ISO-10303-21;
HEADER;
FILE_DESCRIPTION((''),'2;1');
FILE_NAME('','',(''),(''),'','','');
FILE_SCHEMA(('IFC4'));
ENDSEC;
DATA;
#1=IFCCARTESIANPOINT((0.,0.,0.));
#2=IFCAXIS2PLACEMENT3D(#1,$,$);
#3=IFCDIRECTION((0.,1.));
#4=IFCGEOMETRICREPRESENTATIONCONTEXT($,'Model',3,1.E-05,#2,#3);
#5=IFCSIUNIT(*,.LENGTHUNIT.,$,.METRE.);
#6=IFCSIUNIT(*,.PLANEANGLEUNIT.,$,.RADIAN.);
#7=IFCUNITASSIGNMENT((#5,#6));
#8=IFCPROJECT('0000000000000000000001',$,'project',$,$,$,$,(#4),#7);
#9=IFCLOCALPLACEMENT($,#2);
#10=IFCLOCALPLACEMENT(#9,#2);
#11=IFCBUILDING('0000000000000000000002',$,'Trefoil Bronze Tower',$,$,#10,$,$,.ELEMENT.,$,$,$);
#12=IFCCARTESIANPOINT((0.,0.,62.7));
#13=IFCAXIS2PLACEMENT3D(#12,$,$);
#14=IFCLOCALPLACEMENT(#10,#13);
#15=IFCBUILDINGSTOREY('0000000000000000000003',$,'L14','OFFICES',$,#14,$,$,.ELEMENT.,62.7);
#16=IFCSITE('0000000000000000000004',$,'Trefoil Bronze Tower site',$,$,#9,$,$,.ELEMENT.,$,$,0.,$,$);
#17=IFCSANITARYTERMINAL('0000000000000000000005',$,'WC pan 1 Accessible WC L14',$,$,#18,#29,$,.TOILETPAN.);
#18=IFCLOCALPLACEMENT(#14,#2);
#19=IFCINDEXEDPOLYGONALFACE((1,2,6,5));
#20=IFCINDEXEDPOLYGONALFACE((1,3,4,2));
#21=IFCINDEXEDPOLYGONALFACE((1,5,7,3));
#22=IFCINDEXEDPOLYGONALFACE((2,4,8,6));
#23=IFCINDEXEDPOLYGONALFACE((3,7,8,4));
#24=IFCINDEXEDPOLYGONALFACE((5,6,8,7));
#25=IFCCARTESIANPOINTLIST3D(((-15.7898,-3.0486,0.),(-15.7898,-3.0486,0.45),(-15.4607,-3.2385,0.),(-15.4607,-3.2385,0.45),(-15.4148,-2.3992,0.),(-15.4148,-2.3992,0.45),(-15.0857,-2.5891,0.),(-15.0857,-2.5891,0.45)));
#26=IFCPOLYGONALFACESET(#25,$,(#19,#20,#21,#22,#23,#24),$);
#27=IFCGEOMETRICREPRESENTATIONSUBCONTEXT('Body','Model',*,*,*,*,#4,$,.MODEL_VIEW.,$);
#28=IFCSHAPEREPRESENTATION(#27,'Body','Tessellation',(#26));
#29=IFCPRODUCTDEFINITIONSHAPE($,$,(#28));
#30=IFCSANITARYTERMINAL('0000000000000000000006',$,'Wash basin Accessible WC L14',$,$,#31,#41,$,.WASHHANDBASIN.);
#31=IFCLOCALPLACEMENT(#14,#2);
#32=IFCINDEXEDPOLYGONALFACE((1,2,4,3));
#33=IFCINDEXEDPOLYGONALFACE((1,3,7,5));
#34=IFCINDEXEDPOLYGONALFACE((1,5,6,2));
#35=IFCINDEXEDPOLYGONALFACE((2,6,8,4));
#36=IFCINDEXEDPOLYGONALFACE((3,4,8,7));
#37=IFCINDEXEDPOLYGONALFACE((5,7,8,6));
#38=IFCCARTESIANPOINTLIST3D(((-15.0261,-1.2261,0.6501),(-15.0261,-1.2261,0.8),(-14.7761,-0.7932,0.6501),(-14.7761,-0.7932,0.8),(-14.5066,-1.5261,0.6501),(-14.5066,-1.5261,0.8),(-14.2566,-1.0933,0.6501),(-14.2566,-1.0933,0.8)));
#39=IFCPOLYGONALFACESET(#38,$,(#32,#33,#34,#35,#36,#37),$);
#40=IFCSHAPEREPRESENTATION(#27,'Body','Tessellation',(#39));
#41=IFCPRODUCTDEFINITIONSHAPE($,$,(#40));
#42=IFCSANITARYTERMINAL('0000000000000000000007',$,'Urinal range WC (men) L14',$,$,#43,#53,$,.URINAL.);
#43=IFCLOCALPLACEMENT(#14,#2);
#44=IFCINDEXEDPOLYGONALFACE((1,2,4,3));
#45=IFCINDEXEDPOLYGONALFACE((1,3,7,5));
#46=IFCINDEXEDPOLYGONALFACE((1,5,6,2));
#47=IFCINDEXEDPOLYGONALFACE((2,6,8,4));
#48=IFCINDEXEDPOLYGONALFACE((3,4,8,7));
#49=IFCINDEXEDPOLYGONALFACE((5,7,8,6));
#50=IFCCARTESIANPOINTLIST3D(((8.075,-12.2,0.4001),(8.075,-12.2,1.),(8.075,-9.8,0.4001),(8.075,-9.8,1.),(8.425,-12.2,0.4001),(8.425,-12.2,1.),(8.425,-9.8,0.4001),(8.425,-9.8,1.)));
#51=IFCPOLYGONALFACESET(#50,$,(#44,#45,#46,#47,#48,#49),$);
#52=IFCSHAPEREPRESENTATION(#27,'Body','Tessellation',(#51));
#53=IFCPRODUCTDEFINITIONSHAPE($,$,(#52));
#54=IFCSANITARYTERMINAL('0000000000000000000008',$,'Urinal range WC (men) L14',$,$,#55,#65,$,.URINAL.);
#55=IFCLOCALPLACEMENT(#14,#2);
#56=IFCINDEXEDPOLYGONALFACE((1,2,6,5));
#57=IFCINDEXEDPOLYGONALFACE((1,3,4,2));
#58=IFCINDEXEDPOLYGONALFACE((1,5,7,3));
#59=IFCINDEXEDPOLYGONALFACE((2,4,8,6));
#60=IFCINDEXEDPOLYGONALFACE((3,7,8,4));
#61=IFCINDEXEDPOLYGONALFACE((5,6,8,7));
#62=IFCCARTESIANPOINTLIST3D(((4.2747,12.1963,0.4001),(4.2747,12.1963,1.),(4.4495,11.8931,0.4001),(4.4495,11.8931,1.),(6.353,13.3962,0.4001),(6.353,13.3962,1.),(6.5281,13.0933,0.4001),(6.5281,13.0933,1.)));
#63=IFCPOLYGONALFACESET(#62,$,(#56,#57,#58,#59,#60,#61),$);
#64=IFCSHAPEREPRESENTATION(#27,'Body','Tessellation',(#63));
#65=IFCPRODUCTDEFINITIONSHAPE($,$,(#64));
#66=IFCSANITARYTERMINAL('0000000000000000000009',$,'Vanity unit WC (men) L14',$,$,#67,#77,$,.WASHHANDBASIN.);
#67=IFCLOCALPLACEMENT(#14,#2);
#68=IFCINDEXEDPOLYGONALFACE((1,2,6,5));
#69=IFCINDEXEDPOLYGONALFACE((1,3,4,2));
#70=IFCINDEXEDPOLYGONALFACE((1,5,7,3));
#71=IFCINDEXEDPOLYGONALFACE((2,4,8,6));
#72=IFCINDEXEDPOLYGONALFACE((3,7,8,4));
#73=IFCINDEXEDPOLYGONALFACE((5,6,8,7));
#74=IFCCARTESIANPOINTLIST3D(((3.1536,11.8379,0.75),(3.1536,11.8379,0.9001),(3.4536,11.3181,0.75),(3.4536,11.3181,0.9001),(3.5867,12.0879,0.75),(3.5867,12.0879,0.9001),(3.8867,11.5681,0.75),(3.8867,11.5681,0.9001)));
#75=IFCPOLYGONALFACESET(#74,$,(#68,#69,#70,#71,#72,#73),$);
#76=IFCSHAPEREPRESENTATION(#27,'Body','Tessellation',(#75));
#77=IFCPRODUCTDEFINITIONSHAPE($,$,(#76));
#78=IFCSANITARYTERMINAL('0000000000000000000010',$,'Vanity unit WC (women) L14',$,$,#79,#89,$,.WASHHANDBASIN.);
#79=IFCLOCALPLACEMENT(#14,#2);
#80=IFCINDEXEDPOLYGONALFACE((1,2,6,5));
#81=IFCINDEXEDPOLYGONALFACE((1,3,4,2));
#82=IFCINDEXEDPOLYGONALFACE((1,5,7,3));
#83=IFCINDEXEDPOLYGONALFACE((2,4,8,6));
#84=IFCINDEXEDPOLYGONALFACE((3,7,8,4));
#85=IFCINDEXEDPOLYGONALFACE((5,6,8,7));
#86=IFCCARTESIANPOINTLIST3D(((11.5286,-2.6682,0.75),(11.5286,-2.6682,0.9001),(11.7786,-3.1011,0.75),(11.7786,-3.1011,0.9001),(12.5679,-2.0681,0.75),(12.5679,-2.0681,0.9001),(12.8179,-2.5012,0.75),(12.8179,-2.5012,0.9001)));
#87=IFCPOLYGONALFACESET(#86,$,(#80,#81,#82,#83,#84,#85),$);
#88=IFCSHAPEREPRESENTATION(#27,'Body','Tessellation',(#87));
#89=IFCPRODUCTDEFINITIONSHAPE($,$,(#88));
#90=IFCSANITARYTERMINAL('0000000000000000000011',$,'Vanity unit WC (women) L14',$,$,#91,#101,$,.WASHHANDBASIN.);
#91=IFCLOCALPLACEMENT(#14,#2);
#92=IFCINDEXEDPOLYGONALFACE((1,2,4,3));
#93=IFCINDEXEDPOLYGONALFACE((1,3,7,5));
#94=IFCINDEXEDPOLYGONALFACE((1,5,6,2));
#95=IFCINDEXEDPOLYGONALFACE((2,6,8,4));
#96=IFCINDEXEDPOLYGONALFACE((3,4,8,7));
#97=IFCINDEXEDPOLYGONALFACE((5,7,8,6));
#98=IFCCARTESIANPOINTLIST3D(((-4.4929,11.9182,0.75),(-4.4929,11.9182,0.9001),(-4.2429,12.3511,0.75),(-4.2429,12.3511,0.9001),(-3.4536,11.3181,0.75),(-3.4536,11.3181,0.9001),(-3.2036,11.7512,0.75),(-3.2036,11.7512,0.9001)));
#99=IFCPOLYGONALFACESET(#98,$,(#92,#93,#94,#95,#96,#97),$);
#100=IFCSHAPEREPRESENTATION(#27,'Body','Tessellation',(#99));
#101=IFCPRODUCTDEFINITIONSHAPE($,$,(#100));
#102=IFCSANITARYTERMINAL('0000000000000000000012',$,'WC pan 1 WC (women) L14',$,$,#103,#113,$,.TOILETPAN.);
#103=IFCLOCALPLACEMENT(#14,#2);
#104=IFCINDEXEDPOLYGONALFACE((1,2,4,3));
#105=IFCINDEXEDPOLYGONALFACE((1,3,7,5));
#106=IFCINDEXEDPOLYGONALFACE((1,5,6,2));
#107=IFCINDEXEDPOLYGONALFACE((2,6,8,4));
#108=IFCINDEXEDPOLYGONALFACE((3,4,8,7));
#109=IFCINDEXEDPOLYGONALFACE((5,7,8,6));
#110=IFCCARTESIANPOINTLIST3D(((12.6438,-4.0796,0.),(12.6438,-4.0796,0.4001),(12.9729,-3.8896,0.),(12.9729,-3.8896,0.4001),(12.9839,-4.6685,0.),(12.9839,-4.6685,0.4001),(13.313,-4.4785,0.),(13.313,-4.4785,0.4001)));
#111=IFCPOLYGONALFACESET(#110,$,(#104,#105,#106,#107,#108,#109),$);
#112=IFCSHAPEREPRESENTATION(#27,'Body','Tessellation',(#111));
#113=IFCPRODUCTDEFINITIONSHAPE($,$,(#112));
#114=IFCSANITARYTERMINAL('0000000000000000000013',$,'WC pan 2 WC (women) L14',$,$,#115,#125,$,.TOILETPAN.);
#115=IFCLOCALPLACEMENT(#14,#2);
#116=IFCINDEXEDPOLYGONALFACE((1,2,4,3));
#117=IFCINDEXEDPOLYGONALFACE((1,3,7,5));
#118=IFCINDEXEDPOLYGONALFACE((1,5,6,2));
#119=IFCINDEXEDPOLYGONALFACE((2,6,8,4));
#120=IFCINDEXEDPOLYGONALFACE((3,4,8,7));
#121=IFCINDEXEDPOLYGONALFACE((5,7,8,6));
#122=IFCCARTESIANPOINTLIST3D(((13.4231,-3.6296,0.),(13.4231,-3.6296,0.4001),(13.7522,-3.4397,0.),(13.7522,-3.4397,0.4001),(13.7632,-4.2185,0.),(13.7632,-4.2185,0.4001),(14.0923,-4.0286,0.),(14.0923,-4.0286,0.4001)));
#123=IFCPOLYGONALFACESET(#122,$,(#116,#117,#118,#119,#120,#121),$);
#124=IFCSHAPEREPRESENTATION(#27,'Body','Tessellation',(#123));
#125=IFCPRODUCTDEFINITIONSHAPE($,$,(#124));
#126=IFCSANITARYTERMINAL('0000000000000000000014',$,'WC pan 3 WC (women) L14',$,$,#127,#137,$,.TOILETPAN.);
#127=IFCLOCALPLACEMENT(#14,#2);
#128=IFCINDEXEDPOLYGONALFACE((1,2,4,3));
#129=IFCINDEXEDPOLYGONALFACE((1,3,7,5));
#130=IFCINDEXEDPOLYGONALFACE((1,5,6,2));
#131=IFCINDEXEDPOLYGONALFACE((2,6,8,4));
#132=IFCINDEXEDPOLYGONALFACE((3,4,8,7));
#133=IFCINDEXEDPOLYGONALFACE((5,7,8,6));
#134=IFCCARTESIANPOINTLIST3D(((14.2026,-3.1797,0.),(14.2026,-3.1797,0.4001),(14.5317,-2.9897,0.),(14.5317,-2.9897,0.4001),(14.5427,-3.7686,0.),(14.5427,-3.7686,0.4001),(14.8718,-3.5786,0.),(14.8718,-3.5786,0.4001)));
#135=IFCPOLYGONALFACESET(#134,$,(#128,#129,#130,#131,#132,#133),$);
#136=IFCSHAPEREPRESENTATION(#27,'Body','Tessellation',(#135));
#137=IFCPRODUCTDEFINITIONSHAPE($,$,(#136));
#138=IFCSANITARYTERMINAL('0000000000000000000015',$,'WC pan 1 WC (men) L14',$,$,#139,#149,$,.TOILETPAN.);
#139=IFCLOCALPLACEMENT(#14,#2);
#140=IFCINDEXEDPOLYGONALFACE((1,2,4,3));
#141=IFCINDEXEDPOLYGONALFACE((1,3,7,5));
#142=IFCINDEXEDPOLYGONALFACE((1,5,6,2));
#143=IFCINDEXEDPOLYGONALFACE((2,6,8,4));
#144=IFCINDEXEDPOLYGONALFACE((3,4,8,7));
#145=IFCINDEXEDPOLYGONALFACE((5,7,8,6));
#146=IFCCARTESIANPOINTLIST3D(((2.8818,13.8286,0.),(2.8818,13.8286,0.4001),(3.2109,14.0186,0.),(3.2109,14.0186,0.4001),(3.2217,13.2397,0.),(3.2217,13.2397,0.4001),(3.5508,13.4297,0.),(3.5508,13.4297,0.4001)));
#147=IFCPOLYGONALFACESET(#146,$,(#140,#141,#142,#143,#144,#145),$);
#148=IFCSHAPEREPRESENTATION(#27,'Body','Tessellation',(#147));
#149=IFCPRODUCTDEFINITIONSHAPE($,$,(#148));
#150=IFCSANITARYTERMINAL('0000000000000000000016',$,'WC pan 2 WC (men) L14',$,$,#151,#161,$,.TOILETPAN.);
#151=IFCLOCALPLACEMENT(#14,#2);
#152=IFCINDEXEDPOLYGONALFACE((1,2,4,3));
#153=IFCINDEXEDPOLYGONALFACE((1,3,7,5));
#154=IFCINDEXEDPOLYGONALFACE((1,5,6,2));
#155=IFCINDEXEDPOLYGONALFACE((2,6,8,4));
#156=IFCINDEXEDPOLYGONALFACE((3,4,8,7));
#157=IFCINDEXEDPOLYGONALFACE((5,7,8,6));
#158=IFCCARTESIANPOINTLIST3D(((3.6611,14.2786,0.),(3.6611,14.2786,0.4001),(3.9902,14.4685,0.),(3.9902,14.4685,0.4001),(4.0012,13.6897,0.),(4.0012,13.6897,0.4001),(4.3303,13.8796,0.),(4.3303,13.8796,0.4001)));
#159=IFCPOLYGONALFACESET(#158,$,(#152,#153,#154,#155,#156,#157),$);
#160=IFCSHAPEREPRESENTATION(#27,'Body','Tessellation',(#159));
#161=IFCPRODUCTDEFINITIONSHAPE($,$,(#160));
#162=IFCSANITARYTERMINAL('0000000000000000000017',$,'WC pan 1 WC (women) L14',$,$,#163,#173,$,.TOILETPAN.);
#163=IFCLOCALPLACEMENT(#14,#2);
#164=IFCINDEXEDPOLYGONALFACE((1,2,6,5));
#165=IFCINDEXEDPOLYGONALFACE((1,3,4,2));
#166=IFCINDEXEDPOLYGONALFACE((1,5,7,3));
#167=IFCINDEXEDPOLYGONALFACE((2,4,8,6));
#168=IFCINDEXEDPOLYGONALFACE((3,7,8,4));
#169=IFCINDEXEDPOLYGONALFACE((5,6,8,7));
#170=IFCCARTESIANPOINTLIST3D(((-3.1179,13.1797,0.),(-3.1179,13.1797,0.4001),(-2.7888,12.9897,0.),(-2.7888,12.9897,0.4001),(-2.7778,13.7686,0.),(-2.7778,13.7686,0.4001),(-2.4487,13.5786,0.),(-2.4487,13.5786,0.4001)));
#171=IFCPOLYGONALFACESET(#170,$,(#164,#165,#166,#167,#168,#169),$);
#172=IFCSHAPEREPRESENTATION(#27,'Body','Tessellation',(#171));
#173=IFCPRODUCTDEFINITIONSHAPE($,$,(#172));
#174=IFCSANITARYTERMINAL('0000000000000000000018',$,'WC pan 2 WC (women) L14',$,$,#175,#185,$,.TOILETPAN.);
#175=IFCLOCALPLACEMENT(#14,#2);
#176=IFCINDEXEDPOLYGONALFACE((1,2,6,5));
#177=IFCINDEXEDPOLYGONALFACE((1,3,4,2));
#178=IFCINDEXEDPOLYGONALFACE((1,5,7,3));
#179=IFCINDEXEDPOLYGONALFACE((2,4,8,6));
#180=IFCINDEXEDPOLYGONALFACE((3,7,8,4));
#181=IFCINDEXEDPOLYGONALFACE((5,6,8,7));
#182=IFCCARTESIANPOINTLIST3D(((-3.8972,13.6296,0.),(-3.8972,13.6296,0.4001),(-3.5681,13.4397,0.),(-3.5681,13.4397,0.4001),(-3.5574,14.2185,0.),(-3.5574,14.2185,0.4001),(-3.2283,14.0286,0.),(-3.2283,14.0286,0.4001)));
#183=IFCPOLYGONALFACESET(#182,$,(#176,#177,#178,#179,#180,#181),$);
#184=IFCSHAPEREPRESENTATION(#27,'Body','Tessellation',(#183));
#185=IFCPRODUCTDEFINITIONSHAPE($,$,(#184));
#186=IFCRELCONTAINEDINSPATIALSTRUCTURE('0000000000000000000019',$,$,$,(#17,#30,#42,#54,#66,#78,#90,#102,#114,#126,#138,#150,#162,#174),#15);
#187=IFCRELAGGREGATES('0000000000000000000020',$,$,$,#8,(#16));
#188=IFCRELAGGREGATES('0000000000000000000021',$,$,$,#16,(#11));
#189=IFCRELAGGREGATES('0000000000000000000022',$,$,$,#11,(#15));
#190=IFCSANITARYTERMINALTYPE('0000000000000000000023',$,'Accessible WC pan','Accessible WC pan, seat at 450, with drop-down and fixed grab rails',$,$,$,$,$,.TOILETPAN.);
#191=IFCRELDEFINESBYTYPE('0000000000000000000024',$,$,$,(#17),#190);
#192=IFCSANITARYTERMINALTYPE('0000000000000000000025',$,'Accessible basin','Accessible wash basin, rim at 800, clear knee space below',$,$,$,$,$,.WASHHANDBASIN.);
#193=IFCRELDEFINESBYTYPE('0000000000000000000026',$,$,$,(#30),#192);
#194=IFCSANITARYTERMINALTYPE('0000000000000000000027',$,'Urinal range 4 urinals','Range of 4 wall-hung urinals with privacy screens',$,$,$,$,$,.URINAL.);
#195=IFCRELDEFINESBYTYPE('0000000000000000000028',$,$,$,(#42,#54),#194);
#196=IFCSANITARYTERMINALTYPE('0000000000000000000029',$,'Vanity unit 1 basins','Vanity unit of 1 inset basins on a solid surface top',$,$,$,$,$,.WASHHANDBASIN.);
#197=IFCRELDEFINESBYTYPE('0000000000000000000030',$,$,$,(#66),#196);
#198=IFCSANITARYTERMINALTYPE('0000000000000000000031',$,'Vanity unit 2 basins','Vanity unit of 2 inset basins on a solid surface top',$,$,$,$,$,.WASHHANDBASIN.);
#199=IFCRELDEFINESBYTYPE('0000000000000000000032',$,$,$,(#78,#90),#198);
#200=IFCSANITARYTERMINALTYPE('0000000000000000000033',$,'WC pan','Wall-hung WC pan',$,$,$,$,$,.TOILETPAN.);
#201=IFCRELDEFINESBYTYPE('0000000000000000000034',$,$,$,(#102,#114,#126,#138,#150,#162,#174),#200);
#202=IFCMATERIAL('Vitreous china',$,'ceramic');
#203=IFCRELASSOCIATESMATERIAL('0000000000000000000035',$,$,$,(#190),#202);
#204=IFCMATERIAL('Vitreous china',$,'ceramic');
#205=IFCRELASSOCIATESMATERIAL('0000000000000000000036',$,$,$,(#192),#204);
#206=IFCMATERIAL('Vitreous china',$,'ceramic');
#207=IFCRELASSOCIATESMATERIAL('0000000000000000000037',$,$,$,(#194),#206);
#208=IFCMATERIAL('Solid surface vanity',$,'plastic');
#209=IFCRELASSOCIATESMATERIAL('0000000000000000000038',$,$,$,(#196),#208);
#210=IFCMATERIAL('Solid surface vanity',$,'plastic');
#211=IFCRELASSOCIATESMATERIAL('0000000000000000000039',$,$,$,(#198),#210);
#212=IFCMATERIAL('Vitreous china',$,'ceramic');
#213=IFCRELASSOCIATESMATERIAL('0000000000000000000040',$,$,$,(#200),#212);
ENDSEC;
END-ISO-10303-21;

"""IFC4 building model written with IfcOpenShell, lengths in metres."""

from ifc_helpers import new_model, si_unit, direction, frame, origin, place, context, subcontext, project, spatial, polyline, outline, extrude, material, type_object, element, save


model = new_model("IFC4")

# Units and contexts
model_context = context("Model", 3, precision=1e-05, world=origin(), true_north=direction((0.0, 1.0)))
body_context = subcontext(model_context, "Body", "Model", "MODEL_VIEW")
ifc_project = project(units=[si_unit("LENGTHUNIT", "METRE"), si_unit("PLANEANGLEUNIT", "RADIAN")], contexts=[model_context])

# Site, building, storey
site_placement = place(None, origin())
site = spatial("IfcSite", under=ifc_project, at=site_placement, Name="Trefoil Bronze Tower site", CompositionType="ELEMENT", RefElevation=0.0)
building_placement = place(site_placement, origin())
building = spatial("IfcBuilding", under=site, at=building_placement, Name="Trefoil Bronze Tower", CompositionType="ELEMENT")
storey_placement = place(building_placement, frame((0.0, 0.0, 62.7)))
storey = spatial("IfcBuildingStorey", under=building, at=storey_placement, Name="L14", Description="OFFICES", CompositionType="ELEMENT", Elevation=62.7)

# Sanitary terminals
ifc_material_1 = material(Name="Vitreous china", Category="ceramic")
sanitary_terminal_type_1 = type_object("IfcSanitaryTerminalType", Name="Accessible WC pan", Description="Accessible WC pan, seat at 450, with drop-down and fixed grab rails", PredefinedType="TOILETPAN", material=ifc_material_1)
sanitary_terminal_1_placement = place(storey_placement, origin())
element("IfcSanitaryTerminal", 1, at=sanitary_terminal_1_placement, inside=storey, type_object=sanitary_terminal_type_1, Name="WC pan 1 Accessible WC L14", PredefinedType="TOILETPAN", context=body_context, shape_type="SweptSolid", body=[
    extrude(outline(polyline([(-15.0857, -2.5891), (-15.4607, -3.2385), (-15.7898, -3.0486), (-15.4148, -2.3992), (-15.0857, -2.5891)])), origin(), (0.0, 0.0, 1.0), 0.45),
])
ifc_material_2 = material(Name="Vitreous china", Category="ceramic")
sanitary_terminal_type_2 = type_object("IfcSanitaryTerminalType", Name="Accessible basin", Description="Accessible wash basin, rim at 800, clear knee space below", PredefinedType="WASHHANDBASIN", material=ifc_material_2)
sanitary_terminal_2_placement = place(storey_placement, frame((0.0, 0.0, 0.6501)))
element("IfcSanitaryTerminal", 2, at=sanitary_terminal_2_placement, inside=storey, type_object=sanitary_terminal_type_2, Name="Wash basin Accessible WC L14", PredefinedType="WASHHANDBASIN", context=body_context, shape_type="SweptSolid", body=[
    extrude(outline(polyline([(-14.2566, -1.0933), (-14.5066, -1.5261), (-15.0261, -1.2261), (-14.7761, -0.7932), (-14.2566, -1.0933)])), origin(), (0.0, 0.0, 1.0), 0.1499),
])
ifc_material_3 = material(Name="Vitreous china", Category="ceramic")
sanitary_terminal_type_3 = type_object("IfcSanitaryTerminalType", Name="Urinal range 4 urinals", Description="Range of 4 wall-hung urinals with privacy screens", PredefinedType="URINAL", material=ifc_material_3)
sanitary_terminal_3_placement = place(storey_placement, frame((0.0, 0.0, 0.4001)))
element("IfcSanitaryTerminal", 3, at=sanitary_terminal_3_placement, inside=storey, type_object=sanitary_terminal_type_3, Name="Urinal range WC (men) L14", PredefinedType="URINAL", context=body_context, shape_type="SweptSolid", body=[
    extrude(outline(polyline([(8.075, -9.8), (8.425, -9.8), (8.425, -12.2), (8.075, -12.2), (8.075, -9.8)])), origin(), (0.0, 0.0, 1.0), 0.5999),
])
sanitary_terminal_4_placement = place(storey_placement, frame((0.0, 0.0, 0.4001)))
element("IfcSanitaryTerminal", 4, at=sanitary_terminal_4_placement, inside=storey, type_object=sanitary_terminal_type_3, Name="Urinal range WC (men) L14", PredefinedType="URINAL", context=body_context, shape_type="SweptSolid", body=[
    extrude(outline(polyline([(4.4495, 11.8931), (4.2747, 12.1963), (6.353, 13.3962), (6.5281, 13.0933), (4.4495, 11.8931)])), origin(), (0.0, 0.0, 1.0), 0.5999),
])
ifc_material_4 = material(Name="Solid surface vanity", Category="plastic")
sanitary_terminal_type_4 = type_object("IfcSanitaryTerminalType", Name="Vanity unit 1 basins", Description="Vanity unit of 1 inset basins on a solid surface top", PredefinedType="WASHHANDBASIN", material=ifc_material_4)
sanitary_terminal_5_placement = place(storey_placement, frame((0.0, 0.0, 0.75)))
element("IfcSanitaryTerminal", 5, at=sanitary_terminal_5_placement, inside=storey, type_object=sanitary_terminal_type_4, Name="Vanity unit WC (men) L14", PredefinedType="WASHHANDBASIN", context=body_context, shape_type="SweptSolid", body=[
    extrude(outline(polyline([(3.4536, 11.3181), (3.1536, 11.8379), (3.5867, 12.0879), (3.8867, 11.5681), (3.4536, 11.3181)])), origin(), (0.0, 0.0, 1.0), 0.1501),
])
ifc_material_5 = material(Name="Solid surface vanity", Category="plastic")
sanitary_terminal_type_5 = type_object("IfcSanitaryTerminalType", Name="Vanity unit 2 basins", Description="Vanity unit of 2 inset basins on a solid surface top", PredefinedType="WASHHANDBASIN", material=ifc_material_5)
sanitary_terminal_6_placement = place(storey_placement, frame((0.0, 0.0, 0.75)))
element("IfcSanitaryTerminal", 6, at=sanitary_terminal_6_placement, inside=storey, type_object=sanitary_terminal_type_5, Name="Vanity unit WC (women) L14", PredefinedType="WASHHANDBASIN", context=body_context, shape_type="SweptSolid", body=[
    extrude(outline(polyline([(11.5286, -2.6682), (11.7786, -3.1011), (12.8179, -2.5012), (12.5679, -2.0681), (11.5286, -2.6682)])), origin(), (0.0, 0.0, 1.0), 0.1501),
])
sanitary_terminal_7_placement = place(storey_placement, frame((0.0, 0.0, 0.75)))
element("IfcSanitaryTerminal", 7, at=sanitary_terminal_7_placement, inside=storey, type_object=sanitary_terminal_type_5, Name="Vanity unit WC (women) L14", PredefinedType="WASHHANDBASIN", context=body_context, shape_type="SweptSolid", body=[
    extrude(outline(polyline([(-3.4536, 11.3181), (-3.2036, 11.7512), (-4.2429, 12.3511), (-4.4929, 11.9182), (-3.4536, 11.3181)])), origin(), (0.0, 0.0, 1.0), 0.1501),
])
ifc_material_6 = material(Name="Vitreous china", Category="ceramic")
sanitary_terminal_type_6 = type_object("IfcSanitaryTerminalType", Name="WC pan", Description="Wall-hung WC pan", PredefinedType="TOILETPAN", material=ifc_material_6)
sanitary_terminal_8_placement = place(storey_placement, origin())
element("IfcSanitaryTerminal", 8, at=sanitary_terminal_8_placement, inside=storey, type_object=sanitary_terminal_type_6, Name="WC pan 1 WC (women) L14", PredefinedType="TOILETPAN", context=body_context, shape_type="SweptSolid", body=[
    extrude(outline(polyline([(12.6438, -4.0796), (12.9839, -4.6685), (13.313, -4.4785), (12.9729, -3.8896), (12.6438, -4.0796)])), origin(), (0.0, 0.0, 1.0), 0.4001),
])
sanitary_terminal_9_placement = place(storey_placement, origin())
element("IfcSanitaryTerminal", 9, at=sanitary_terminal_9_placement, inside=storey, type_object=sanitary_terminal_type_6, Name="WC pan 2 WC (women) L14", PredefinedType="TOILETPAN", context=body_context, shape_type="SweptSolid", body=[
    extrude(outline(polyline([(13.4231, -3.6296), (13.7632, -4.2185), (14.0923, -4.0286), (13.7522, -3.4397), (13.4231, -3.6296)])), origin(), (0.0, 0.0, 1.0), 0.4001),
])
sanitary_terminal_10_placement = place(storey_placement, origin())
element("IfcSanitaryTerminal", 10, at=sanitary_terminal_10_placement, inside=storey, type_object=sanitary_terminal_type_6, Name="WC pan 3 WC (women) L14", PredefinedType="TOILETPAN", context=body_context, shape_type="SweptSolid", body=[
    extrude(outline(polyline([(14.2026, -3.1797), (14.5427, -3.7686), (14.8718, -3.5786), (14.5317, -2.9897), (14.2026, -3.1797)])), origin(), (0.0, 0.0, 1.0), 0.4001),
])
sanitary_terminal_11_placement = place(storey_placement, origin())
element("IfcSanitaryTerminal", 11, at=sanitary_terminal_11_placement, inside=storey, type_object=sanitary_terminal_type_6, Name="WC pan 1 WC (men) L14", PredefinedType="TOILETPAN", context=body_context, shape_type="SweptSolid", body=[
    extrude(outline(polyline([(3.2217, 13.2397), (2.8818, 13.8286), (3.2109, 14.0186), (3.5508, 13.4297), (3.2217, 13.2397)])), origin(), (0.0, 0.0, 1.0), 0.4001),
])
sanitary_terminal_12_placement = place(storey_placement, origin())
element("IfcSanitaryTerminal", 12, at=sanitary_terminal_12_placement, inside=storey, type_object=sanitary_terminal_type_6, Name="WC pan 2 WC (men) L14", PredefinedType="TOILETPAN", context=body_context, shape_type="SweptSolid", body=[
    extrude(outline(polyline([(4.0012, 13.6897), (3.6611, 14.2786), (3.9902, 14.4685), (4.3303, 13.8796), (4.0012, 13.6897)])), origin(), (0.0, 0.0, 1.0), 0.4001),
])
sanitary_terminal_13_placement = place(storey_placement, origin())
element("IfcSanitaryTerminal", 13, at=sanitary_terminal_13_placement, inside=storey, type_object=sanitary_terminal_type_6, Name="WC pan 1 WC (women) L14", PredefinedType="TOILETPAN", context=body_context, shape_type="SweptSolid", body=[
    extrude(outline(polyline([(-2.7888, 12.9897), (-2.4487, 13.5786), (-2.7778, 13.7686), (-3.1179, 13.1797), (-2.7888, 12.9897)])), origin(), (0.0, 0.0, 1.0), 0.4001),
])
sanitary_terminal_14_placement = place(storey_placement, origin())
element("IfcSanitaryTerminal", 14, at=sanitary_terminal_14_placement, inside=storey, type_object=sanitary_terminal_type_6, Name="WC pan 2 WC (women) L14", PredefinedType="TOILETPAN", context=body_context, shape_type="SweptSolid", body=[
    extrude(outline(polyline([(-3.5681, 13.4397), (-3.2283, 14.0286), (-3.5574, 14.2185), (-3.8972, 13.6296), (-3.5681, 13.4397)])), origin(), (0.0, 0.0, 1.0), 0.4001),
])

save(model, "model.ifc")
